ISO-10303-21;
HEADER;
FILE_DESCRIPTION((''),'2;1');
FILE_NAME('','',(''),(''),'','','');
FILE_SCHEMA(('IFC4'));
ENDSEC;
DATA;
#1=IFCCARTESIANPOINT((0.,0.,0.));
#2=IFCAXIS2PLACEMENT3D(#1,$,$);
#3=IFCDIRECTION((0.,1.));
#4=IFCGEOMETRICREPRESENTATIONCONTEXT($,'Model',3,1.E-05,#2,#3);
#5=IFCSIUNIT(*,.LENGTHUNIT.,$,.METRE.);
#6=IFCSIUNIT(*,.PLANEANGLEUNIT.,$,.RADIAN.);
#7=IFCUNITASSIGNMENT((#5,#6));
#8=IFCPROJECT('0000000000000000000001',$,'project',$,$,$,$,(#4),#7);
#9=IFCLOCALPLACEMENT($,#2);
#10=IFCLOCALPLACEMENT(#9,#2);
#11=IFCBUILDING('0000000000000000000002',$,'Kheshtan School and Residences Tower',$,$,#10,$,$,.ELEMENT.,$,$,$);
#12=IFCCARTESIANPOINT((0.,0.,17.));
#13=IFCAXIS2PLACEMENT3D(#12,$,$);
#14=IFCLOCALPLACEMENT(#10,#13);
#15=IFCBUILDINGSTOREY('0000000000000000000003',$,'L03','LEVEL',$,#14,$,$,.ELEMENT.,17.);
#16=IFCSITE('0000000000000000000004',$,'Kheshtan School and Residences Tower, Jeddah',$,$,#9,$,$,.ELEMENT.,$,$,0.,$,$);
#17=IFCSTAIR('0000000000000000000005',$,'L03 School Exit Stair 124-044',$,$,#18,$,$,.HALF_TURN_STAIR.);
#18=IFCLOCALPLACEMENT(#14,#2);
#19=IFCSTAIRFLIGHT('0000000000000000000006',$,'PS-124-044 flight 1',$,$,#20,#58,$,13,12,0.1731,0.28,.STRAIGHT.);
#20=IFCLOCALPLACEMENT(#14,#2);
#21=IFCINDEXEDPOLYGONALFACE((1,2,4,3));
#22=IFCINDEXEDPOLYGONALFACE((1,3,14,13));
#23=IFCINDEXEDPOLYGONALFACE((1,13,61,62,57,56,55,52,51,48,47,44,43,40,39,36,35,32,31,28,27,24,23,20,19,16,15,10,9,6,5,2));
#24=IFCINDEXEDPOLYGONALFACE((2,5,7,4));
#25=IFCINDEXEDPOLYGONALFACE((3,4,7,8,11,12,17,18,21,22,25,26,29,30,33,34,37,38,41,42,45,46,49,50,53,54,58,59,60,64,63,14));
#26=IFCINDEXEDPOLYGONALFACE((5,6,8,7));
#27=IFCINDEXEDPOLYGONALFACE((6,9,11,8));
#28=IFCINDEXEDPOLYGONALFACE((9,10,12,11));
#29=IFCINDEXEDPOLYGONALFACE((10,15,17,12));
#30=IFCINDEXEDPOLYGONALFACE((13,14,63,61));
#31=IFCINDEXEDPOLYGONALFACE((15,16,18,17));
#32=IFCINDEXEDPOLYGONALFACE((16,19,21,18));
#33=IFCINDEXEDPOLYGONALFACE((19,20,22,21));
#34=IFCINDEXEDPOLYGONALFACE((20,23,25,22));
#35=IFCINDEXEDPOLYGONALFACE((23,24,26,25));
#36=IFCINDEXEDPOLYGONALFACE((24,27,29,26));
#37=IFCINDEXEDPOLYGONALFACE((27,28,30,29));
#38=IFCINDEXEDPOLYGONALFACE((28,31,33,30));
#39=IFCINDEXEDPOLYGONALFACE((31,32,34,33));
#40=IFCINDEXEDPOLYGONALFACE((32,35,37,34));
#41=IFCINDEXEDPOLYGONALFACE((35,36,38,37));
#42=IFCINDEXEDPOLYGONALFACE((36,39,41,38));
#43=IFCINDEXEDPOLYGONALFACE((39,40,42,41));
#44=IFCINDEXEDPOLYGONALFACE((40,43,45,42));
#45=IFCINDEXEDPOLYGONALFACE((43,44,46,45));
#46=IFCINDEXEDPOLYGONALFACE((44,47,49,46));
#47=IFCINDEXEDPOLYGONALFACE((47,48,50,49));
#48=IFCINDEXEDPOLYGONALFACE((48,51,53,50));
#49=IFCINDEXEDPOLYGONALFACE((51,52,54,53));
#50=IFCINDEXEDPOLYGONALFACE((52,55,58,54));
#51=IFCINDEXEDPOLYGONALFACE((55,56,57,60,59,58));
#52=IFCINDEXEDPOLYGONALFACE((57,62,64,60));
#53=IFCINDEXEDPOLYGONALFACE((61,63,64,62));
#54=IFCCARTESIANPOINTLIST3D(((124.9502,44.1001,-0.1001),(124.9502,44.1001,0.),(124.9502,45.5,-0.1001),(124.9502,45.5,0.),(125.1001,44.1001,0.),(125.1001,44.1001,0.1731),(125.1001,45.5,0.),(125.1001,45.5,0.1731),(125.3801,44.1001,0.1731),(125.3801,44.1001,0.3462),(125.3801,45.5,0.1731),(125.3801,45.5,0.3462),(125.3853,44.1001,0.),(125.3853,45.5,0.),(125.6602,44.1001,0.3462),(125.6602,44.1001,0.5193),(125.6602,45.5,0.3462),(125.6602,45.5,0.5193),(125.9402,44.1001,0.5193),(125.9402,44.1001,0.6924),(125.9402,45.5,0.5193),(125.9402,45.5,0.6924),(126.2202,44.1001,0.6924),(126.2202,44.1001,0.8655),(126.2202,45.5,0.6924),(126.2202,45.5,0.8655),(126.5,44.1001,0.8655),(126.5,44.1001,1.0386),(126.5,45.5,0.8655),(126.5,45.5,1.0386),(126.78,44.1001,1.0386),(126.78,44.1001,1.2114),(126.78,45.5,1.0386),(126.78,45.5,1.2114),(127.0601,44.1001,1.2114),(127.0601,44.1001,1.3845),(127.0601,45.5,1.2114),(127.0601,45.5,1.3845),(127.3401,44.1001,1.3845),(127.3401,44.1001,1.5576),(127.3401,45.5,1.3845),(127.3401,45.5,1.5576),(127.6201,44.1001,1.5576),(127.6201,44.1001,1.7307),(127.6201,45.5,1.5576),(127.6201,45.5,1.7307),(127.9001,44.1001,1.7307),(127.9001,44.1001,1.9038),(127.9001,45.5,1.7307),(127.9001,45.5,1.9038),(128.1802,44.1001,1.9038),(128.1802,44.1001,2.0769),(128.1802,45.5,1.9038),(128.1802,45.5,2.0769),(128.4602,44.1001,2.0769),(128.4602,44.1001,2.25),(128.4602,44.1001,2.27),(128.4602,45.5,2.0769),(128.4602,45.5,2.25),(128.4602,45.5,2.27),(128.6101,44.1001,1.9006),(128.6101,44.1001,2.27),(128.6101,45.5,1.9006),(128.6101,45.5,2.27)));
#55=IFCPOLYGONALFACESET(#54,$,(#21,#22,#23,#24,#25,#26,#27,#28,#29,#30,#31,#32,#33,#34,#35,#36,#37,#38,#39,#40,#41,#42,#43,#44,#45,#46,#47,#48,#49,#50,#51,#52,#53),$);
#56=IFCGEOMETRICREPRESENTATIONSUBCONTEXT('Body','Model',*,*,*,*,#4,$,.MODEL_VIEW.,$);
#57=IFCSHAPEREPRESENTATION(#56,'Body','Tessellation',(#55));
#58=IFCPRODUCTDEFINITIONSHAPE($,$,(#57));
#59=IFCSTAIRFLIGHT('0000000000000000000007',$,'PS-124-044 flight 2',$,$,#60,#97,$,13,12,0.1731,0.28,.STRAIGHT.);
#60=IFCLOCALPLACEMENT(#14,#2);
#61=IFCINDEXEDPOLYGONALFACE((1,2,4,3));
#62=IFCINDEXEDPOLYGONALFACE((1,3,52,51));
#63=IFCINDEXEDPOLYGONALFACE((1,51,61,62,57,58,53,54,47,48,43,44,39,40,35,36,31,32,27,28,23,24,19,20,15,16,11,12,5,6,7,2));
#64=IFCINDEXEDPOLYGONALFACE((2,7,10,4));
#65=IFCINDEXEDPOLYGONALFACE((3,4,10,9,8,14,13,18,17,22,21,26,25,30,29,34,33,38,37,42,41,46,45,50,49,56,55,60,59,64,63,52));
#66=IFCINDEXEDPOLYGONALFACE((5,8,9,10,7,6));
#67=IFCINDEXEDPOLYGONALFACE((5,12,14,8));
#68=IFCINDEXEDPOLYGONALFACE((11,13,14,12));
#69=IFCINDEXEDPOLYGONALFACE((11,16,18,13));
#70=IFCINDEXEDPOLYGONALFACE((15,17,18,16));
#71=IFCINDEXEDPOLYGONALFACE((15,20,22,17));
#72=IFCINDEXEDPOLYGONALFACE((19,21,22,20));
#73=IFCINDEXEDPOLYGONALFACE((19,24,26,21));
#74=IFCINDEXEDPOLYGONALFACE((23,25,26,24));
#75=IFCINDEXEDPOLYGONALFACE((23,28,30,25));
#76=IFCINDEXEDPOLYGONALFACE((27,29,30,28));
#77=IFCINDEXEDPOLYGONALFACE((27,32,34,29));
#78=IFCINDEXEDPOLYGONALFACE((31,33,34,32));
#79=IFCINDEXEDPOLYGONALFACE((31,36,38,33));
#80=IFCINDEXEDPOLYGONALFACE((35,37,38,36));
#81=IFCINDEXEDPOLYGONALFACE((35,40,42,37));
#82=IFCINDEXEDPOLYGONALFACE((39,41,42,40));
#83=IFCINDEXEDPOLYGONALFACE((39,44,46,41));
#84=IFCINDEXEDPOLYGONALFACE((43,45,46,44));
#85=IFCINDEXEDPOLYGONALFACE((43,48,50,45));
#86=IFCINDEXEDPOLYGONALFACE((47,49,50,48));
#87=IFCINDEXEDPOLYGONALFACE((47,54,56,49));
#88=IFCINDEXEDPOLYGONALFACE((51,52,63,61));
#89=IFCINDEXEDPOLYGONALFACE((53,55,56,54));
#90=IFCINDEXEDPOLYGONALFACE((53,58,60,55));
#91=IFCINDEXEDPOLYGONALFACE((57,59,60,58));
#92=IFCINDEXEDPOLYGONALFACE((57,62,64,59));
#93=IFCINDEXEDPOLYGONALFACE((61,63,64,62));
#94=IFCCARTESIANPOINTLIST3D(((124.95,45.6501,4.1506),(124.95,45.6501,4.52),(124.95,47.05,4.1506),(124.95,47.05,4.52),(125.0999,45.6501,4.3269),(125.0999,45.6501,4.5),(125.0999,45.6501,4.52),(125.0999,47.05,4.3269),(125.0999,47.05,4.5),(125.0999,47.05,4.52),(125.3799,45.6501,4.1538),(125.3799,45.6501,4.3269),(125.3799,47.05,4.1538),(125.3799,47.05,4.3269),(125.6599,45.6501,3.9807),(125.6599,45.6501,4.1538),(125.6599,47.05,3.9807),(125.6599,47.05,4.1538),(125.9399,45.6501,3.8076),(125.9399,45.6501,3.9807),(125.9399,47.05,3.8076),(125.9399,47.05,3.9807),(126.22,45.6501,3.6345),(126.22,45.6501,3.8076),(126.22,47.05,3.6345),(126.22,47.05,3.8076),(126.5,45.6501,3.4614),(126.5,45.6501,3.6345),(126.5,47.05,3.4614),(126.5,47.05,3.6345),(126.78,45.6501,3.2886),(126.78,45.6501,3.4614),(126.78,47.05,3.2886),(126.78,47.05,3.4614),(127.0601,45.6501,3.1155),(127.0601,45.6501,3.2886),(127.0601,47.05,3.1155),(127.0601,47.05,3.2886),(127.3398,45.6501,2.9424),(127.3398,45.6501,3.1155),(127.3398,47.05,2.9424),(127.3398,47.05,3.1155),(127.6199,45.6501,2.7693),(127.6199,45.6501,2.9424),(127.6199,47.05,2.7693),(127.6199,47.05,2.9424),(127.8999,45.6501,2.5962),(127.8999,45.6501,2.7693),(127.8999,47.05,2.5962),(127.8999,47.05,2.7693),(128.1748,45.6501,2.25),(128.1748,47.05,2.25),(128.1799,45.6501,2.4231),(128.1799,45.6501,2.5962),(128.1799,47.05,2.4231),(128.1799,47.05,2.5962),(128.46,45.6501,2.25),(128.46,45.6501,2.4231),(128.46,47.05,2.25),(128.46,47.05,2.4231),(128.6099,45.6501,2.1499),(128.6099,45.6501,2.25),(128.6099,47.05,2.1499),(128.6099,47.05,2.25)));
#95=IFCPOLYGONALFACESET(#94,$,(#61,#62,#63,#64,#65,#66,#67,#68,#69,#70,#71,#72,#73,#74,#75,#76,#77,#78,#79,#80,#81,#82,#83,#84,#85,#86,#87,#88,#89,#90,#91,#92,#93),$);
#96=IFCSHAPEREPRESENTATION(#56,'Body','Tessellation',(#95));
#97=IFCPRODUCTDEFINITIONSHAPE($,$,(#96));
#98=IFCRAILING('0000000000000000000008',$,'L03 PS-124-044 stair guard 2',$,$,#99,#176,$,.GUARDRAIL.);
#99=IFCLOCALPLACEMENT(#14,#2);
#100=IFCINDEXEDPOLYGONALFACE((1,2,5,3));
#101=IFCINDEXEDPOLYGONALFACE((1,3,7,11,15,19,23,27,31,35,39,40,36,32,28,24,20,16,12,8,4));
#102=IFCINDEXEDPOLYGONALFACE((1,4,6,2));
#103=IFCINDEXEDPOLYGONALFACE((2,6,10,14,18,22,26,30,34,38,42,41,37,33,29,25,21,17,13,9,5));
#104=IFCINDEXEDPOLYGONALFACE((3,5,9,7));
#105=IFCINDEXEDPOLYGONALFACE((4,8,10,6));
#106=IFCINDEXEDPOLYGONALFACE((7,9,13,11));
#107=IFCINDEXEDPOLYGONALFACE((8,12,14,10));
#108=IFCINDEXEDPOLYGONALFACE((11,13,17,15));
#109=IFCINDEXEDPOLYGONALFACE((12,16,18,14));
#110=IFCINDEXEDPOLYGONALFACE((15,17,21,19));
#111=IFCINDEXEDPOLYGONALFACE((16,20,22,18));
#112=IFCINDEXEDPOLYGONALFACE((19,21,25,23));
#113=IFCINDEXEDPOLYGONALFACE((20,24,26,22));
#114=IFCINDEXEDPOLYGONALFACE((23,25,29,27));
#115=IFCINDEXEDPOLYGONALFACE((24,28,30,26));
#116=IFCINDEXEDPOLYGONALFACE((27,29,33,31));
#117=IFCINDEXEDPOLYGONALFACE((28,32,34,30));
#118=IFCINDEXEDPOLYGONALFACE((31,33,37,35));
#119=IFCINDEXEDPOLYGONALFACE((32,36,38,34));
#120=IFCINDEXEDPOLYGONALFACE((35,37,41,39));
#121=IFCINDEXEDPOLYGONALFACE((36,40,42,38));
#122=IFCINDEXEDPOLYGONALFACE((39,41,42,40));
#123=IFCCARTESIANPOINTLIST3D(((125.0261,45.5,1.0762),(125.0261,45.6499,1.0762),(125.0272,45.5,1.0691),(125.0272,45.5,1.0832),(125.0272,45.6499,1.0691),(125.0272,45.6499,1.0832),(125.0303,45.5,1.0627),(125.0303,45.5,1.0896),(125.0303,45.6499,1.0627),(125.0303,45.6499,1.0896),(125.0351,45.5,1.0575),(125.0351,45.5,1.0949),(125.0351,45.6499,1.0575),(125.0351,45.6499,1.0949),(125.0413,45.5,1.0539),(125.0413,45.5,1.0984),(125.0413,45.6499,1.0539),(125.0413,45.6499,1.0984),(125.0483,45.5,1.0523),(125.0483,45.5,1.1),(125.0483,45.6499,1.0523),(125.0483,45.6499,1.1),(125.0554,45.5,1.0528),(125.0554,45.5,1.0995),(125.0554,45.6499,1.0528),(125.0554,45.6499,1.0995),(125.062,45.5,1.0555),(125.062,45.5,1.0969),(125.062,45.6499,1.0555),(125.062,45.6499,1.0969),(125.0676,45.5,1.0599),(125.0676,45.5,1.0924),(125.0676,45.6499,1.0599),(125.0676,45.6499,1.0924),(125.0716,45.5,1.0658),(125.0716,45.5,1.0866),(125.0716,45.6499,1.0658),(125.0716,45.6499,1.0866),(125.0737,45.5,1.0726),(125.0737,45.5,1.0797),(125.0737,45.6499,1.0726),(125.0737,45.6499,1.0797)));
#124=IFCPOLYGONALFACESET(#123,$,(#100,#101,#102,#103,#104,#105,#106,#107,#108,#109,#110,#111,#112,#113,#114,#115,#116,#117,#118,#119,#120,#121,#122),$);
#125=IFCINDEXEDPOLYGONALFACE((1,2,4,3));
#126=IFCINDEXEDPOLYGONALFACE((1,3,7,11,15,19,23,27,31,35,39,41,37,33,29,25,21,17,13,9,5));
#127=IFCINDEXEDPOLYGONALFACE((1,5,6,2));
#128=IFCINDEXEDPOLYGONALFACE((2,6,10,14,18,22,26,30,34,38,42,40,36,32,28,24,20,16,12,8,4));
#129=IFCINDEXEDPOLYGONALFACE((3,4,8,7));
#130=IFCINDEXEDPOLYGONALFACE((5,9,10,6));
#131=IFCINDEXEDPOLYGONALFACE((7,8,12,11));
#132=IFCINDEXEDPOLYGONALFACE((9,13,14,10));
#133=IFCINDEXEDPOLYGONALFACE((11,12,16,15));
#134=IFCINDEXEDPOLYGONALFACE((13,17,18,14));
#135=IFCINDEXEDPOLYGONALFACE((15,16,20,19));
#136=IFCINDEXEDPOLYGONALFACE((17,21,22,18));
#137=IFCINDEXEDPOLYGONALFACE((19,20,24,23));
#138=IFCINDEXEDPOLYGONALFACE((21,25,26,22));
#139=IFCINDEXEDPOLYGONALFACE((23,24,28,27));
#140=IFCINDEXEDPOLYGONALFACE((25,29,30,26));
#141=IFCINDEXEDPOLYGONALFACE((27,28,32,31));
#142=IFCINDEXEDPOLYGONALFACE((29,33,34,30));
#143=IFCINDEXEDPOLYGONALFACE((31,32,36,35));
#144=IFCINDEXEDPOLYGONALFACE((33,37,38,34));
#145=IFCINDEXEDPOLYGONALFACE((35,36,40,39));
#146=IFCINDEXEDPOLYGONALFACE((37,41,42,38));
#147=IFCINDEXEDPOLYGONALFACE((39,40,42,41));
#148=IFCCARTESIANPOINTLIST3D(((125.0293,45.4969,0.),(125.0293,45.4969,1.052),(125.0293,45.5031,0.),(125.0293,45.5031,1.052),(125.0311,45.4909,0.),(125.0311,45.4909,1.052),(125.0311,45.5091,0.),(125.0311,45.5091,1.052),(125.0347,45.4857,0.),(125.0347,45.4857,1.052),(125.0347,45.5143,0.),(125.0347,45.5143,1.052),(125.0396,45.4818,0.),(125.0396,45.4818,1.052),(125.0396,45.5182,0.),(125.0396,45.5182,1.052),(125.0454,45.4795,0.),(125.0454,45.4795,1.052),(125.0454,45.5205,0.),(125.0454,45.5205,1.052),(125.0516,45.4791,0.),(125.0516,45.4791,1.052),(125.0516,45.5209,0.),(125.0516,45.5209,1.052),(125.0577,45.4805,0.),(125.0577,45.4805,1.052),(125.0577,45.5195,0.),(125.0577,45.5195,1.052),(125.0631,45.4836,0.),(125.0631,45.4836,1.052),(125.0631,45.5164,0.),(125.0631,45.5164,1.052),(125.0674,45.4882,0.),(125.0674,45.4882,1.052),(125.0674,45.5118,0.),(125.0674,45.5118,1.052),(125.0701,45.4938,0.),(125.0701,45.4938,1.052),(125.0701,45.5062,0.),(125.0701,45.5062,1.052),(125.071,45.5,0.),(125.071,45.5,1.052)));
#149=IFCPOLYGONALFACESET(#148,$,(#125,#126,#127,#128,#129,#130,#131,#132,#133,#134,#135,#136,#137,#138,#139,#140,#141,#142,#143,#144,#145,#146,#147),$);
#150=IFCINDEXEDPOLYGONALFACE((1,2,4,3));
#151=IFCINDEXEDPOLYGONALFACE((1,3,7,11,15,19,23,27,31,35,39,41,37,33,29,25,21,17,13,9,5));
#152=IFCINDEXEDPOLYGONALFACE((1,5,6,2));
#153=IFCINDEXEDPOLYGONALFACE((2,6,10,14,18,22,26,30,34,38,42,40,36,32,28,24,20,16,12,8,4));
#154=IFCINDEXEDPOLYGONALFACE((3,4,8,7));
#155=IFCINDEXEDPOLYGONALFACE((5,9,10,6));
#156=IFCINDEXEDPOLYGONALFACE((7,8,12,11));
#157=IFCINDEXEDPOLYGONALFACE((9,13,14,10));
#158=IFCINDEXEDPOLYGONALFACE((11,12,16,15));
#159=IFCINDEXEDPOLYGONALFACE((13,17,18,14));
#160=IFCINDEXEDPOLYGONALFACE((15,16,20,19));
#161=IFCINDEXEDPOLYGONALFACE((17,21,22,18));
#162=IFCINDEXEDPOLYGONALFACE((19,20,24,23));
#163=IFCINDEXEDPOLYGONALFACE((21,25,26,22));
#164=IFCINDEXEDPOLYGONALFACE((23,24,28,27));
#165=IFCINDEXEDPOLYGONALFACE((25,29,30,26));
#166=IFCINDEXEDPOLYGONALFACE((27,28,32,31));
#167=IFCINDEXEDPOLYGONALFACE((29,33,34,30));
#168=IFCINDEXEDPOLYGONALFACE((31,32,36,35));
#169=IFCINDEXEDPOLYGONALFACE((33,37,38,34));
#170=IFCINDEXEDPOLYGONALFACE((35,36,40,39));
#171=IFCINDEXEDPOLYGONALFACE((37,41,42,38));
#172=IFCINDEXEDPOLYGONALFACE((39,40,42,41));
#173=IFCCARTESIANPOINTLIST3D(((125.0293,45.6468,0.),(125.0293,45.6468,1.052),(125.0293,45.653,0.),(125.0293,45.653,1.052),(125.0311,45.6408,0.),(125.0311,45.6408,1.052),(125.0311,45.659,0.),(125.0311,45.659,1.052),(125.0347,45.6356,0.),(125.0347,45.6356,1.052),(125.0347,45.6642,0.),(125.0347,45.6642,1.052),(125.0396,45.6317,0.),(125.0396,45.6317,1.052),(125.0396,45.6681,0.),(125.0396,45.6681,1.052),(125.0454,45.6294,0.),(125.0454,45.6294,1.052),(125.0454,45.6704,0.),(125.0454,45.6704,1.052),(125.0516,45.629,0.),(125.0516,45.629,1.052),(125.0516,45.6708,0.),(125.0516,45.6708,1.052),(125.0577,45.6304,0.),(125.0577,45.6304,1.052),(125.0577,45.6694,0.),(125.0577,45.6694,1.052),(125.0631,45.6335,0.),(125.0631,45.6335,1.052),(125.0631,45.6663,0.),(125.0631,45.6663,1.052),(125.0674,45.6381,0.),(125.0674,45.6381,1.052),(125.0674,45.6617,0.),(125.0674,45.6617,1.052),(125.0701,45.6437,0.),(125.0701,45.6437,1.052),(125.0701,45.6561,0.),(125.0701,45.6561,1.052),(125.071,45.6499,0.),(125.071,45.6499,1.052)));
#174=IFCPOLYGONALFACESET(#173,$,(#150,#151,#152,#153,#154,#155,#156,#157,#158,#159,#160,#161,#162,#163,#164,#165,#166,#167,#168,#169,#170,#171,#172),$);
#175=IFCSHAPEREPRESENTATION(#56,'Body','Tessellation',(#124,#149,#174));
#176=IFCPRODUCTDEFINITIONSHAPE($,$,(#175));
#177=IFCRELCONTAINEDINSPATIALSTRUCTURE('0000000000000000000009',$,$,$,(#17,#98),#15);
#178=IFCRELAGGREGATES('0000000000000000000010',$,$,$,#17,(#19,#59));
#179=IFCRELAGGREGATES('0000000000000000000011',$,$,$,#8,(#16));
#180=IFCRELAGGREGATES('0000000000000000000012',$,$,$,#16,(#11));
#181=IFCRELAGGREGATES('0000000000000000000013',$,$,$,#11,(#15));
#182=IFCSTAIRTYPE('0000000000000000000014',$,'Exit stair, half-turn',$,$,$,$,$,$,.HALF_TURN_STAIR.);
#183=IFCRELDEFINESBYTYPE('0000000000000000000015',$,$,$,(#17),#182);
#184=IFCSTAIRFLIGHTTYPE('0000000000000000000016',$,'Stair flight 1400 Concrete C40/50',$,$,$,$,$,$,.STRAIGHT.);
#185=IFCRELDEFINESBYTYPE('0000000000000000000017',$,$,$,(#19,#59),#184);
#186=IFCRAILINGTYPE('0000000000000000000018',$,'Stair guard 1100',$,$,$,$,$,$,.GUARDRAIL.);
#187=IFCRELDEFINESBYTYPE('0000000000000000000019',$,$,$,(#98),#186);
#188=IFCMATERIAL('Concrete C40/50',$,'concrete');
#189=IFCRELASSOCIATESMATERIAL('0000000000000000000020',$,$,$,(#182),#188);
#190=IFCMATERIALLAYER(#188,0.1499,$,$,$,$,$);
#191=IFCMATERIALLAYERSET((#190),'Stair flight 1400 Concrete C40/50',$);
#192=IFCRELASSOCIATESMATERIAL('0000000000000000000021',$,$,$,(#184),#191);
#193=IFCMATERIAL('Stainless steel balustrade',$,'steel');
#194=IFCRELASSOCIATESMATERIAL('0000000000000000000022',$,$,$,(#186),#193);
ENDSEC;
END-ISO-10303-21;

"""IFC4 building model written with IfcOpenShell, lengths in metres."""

from ifc_helpers import new_model, si_unit, direction, frame, origin, origin_2d, place, context, subcontext, project, spatial, polyline, circle, outline, extrude, material, layer, layer_set, type_object, element, aggregate, save


model = new_model("IFC4")

# Units and contexts
model_context = context("Model", 3, precision=1e-05, world=origin(), true_north=direction((0.0, 1.0)))
body_context = subcontext(model_context, "Body", "Model", "MODEL_VIEW")
ifc_project = project(units=[si_unit("LENGTHUNIT", "METRE"), si_unit("PLANEANGLEUNIT", "RADIAN")], contexts=[model_context])

# Site, building, storey
site_placement = place(None, origin())
site = spatial("IfcSite", under=ifc_project, at=site_placement, Name="Kheshtan School and Residences Tower, Jeddah", CompositionType="ELEMENT", RefElevation=0.0)
building_placement = place(site_placement, origin())
building = spatial("IfcBuilding", under=site, at=building_placement, Name="Kheshtan School and Residences Tower", CompositionType="ELEMENT")
storey_placement = place(building_placement, frame((0.0, 0.0, 17.0)))
storey = spatial("IfcBuildingStorey", under=building, at=storey_placement, Name="L03", Description="LEVEL", CompositionType="ELEMENT", Elevation=17.0)

# Shared definitions
ifc_material_1 = material(Name="Concrete C40/50", Category="concrete")

# Stair, stair flights
stair_type = type_object("IfcStairType", Name="Exit stair, half-turn", PredefinedType="HALF_TURN_STAIR", material=ifc_material_1)
stair_placement = place(storey_placement, origin())
stair = element("IfcStair", 1, at=stair_placement, inside=storey, type_object=stair_type, Name="L03 School Exit Stair 124-044", PredefinedType="HALF_TURN_STAIR")
ifc_layer_1 = layer(ifc_material_1, 0.1499)
ifc_layer_set_1 = layer_set([ifc_layer_1], Name="Stair flight 1400 Concrete C40/50")
stair_flight_type = type_object("IfcStairFlightType", Name="Stair flight 1400 Concrete C40/50", PredefinedType="STRAIGHT", material=ifc_layer_set_1)
stair_flight_1_placement = place(storey_placement, frame((125.1001, 44.8, 0.0), z_axis=(0.0, 0.0, 1.0), x_axis=(1.0, 0.0, 0.0)))
stair_flight_1 = element("IfcStairFlight", 2, at=stair_flight_1_placement, type_object=stair_flight_type, Name="PS-124-044 flight 1", NumberOfRisers=13, NumberOfTreads=12, PredefinedType="STRAIGHT", RiserHeight=0.1731, TreadLength=0.28, context=body_context, shape_type="SweptSolid", body=[
    extrude(outline(polyline([(-0.1499, -0.1001), (-0.1499, 0.0), (0.0, 0.0), (0.0, 0.1731), (0.28, 0.1731), (0.28, 0.3462), (0.5601, 0.3462), (0.5601, 0.5193), (0.8401, 0.5193), (0.8401, 0.6924), (1.1201, 0.6924), (1.1201, 0.8655), (1.3999, 0.8655), (1.3999, 1.0386), (1.6799, 1.0386), (1.6799, 1.2114), (1.96, 1.2114), (1.96, 1.3845), (2.24, 1.3845), (2.24, 1.5576), (2.52, 1.5576), (2.52, 1.7307), (2.8, 1.7307), (2.8, 1.9038), (3.0801, 1.9038), (3.0801, 2.0769), (3.3601, 2.0769), (3.3601, 2.25), (3.3601, 2.27), (3.51, 2.27), (3.51, 1.9006), (0.2852, 0.0), (-0.1499, -0.1001)])), frame((0.0, 0.7, 0.0), z_axis=(0.0, -1.0, 0.0), x_axis=(1.0, 0.0, 0.0)), (0.0, 0.0, 1.0), 1.3999),
])
stair_flight_2_placement = place(storey_placement, frame((128.46, 46.3501, 2.25), z_axis=(0.0, 0.0, 1.0), x_axis=(-1.0, 0.0, 0.0)))
stair_flight_2 = element("IfcStairFlight", 3, at=stair_flight_2_placement, type_object=stair_flight_type, Name="PS-124-044 flight 2", NumberOfRisers=13, NumberOfTreads=12, PredefinedType="STRAIGHT", RiserHeight=0.1731, TreadLength=0.28, context=body_context, shape_type="SweptSolid", body=[
    extrude(outline(polyline([(-0.1499, -0.1001), (-0.1499, 0.0), (0.0, 0.0), (0.0, 0.1731), (0.28, 0.1731), (0.28, 0.3462), (0.5601, 0.3462), (0.5601, 0.5193), (0.8401, 0.5193), (0.8401, 0.6924), (1.1201, 0.6924), (1.1201, 0.8655), (1.3999, 0.8655), (1.3999, 1.0386), (1.6799, 1.0386), (1.6799, 1.2114), (1.96, 1.2114), (1.96, 1.3845), (2.24, 1.3845), (2.24, 1.5576), (2.52, 1.5576), (2.52, 1.7307), (2.8, 1.7307), (2.8, 1.9038), (3.0801, 1.9038), (3.0801, 2.0769), (3.3601, 2.0769), (3.3601, 2.25), (3.3601, 2.27), (3.51, 2.27), (3.51, 1.9006), (0.2852, 0.0), (-0.1499, -0.1001)])), frame((0.0, 0.7, 0.0), z_axis=(0.0, -1.0, 0.0), x_axis=(1.0, 0.0, 0.0)), (0.0, 0.0, 1.0), 1.3999),
])
aggregate(stair, [stair_flight_1, stair_flight_2])

# Railing
ifc_material_2 = material(Name="Stainless steel balustrade", Category="steel")
railing_type_1 = type_object("IfcRailingType", Name="Stair guard 1100", PredefinedType="GUARDRAIL", material=ifc_material_2)
railing_1_placement = place(storey_placement, frame((125.05, 45.5, 0.0)))
element("IfcRailing", 4, at=railing_1_placement, inside=storey, type_object=railing_type_1, Name="L03 PS-124-044 stair guard 2", PredefinedType="GUARDRAIL", context=body_context, shape_type="SweptSolid", body=[
    extrude(circle(Radius=0.0239, at=origin_2d()), frame((0.0, 0.0, 1.0762), z_axis=(0.0, 1.0, 0.0), x_axis=(-1.0, 0.0, 0.0)), (0.0, 0.0, 1.0), 0.1499),
    extrude(circle(Radius=0.021, at=origin_2d()), origin(), (0.0, 0.0, 1.0), 1.052),
    extrude(circle(Radius=0.021, at=origin_2d()), frame((0.0, 0.1499, 0.0)), (0.0, 0.0, 1.0), 1.052),
])

save(model, "model.ifc")
